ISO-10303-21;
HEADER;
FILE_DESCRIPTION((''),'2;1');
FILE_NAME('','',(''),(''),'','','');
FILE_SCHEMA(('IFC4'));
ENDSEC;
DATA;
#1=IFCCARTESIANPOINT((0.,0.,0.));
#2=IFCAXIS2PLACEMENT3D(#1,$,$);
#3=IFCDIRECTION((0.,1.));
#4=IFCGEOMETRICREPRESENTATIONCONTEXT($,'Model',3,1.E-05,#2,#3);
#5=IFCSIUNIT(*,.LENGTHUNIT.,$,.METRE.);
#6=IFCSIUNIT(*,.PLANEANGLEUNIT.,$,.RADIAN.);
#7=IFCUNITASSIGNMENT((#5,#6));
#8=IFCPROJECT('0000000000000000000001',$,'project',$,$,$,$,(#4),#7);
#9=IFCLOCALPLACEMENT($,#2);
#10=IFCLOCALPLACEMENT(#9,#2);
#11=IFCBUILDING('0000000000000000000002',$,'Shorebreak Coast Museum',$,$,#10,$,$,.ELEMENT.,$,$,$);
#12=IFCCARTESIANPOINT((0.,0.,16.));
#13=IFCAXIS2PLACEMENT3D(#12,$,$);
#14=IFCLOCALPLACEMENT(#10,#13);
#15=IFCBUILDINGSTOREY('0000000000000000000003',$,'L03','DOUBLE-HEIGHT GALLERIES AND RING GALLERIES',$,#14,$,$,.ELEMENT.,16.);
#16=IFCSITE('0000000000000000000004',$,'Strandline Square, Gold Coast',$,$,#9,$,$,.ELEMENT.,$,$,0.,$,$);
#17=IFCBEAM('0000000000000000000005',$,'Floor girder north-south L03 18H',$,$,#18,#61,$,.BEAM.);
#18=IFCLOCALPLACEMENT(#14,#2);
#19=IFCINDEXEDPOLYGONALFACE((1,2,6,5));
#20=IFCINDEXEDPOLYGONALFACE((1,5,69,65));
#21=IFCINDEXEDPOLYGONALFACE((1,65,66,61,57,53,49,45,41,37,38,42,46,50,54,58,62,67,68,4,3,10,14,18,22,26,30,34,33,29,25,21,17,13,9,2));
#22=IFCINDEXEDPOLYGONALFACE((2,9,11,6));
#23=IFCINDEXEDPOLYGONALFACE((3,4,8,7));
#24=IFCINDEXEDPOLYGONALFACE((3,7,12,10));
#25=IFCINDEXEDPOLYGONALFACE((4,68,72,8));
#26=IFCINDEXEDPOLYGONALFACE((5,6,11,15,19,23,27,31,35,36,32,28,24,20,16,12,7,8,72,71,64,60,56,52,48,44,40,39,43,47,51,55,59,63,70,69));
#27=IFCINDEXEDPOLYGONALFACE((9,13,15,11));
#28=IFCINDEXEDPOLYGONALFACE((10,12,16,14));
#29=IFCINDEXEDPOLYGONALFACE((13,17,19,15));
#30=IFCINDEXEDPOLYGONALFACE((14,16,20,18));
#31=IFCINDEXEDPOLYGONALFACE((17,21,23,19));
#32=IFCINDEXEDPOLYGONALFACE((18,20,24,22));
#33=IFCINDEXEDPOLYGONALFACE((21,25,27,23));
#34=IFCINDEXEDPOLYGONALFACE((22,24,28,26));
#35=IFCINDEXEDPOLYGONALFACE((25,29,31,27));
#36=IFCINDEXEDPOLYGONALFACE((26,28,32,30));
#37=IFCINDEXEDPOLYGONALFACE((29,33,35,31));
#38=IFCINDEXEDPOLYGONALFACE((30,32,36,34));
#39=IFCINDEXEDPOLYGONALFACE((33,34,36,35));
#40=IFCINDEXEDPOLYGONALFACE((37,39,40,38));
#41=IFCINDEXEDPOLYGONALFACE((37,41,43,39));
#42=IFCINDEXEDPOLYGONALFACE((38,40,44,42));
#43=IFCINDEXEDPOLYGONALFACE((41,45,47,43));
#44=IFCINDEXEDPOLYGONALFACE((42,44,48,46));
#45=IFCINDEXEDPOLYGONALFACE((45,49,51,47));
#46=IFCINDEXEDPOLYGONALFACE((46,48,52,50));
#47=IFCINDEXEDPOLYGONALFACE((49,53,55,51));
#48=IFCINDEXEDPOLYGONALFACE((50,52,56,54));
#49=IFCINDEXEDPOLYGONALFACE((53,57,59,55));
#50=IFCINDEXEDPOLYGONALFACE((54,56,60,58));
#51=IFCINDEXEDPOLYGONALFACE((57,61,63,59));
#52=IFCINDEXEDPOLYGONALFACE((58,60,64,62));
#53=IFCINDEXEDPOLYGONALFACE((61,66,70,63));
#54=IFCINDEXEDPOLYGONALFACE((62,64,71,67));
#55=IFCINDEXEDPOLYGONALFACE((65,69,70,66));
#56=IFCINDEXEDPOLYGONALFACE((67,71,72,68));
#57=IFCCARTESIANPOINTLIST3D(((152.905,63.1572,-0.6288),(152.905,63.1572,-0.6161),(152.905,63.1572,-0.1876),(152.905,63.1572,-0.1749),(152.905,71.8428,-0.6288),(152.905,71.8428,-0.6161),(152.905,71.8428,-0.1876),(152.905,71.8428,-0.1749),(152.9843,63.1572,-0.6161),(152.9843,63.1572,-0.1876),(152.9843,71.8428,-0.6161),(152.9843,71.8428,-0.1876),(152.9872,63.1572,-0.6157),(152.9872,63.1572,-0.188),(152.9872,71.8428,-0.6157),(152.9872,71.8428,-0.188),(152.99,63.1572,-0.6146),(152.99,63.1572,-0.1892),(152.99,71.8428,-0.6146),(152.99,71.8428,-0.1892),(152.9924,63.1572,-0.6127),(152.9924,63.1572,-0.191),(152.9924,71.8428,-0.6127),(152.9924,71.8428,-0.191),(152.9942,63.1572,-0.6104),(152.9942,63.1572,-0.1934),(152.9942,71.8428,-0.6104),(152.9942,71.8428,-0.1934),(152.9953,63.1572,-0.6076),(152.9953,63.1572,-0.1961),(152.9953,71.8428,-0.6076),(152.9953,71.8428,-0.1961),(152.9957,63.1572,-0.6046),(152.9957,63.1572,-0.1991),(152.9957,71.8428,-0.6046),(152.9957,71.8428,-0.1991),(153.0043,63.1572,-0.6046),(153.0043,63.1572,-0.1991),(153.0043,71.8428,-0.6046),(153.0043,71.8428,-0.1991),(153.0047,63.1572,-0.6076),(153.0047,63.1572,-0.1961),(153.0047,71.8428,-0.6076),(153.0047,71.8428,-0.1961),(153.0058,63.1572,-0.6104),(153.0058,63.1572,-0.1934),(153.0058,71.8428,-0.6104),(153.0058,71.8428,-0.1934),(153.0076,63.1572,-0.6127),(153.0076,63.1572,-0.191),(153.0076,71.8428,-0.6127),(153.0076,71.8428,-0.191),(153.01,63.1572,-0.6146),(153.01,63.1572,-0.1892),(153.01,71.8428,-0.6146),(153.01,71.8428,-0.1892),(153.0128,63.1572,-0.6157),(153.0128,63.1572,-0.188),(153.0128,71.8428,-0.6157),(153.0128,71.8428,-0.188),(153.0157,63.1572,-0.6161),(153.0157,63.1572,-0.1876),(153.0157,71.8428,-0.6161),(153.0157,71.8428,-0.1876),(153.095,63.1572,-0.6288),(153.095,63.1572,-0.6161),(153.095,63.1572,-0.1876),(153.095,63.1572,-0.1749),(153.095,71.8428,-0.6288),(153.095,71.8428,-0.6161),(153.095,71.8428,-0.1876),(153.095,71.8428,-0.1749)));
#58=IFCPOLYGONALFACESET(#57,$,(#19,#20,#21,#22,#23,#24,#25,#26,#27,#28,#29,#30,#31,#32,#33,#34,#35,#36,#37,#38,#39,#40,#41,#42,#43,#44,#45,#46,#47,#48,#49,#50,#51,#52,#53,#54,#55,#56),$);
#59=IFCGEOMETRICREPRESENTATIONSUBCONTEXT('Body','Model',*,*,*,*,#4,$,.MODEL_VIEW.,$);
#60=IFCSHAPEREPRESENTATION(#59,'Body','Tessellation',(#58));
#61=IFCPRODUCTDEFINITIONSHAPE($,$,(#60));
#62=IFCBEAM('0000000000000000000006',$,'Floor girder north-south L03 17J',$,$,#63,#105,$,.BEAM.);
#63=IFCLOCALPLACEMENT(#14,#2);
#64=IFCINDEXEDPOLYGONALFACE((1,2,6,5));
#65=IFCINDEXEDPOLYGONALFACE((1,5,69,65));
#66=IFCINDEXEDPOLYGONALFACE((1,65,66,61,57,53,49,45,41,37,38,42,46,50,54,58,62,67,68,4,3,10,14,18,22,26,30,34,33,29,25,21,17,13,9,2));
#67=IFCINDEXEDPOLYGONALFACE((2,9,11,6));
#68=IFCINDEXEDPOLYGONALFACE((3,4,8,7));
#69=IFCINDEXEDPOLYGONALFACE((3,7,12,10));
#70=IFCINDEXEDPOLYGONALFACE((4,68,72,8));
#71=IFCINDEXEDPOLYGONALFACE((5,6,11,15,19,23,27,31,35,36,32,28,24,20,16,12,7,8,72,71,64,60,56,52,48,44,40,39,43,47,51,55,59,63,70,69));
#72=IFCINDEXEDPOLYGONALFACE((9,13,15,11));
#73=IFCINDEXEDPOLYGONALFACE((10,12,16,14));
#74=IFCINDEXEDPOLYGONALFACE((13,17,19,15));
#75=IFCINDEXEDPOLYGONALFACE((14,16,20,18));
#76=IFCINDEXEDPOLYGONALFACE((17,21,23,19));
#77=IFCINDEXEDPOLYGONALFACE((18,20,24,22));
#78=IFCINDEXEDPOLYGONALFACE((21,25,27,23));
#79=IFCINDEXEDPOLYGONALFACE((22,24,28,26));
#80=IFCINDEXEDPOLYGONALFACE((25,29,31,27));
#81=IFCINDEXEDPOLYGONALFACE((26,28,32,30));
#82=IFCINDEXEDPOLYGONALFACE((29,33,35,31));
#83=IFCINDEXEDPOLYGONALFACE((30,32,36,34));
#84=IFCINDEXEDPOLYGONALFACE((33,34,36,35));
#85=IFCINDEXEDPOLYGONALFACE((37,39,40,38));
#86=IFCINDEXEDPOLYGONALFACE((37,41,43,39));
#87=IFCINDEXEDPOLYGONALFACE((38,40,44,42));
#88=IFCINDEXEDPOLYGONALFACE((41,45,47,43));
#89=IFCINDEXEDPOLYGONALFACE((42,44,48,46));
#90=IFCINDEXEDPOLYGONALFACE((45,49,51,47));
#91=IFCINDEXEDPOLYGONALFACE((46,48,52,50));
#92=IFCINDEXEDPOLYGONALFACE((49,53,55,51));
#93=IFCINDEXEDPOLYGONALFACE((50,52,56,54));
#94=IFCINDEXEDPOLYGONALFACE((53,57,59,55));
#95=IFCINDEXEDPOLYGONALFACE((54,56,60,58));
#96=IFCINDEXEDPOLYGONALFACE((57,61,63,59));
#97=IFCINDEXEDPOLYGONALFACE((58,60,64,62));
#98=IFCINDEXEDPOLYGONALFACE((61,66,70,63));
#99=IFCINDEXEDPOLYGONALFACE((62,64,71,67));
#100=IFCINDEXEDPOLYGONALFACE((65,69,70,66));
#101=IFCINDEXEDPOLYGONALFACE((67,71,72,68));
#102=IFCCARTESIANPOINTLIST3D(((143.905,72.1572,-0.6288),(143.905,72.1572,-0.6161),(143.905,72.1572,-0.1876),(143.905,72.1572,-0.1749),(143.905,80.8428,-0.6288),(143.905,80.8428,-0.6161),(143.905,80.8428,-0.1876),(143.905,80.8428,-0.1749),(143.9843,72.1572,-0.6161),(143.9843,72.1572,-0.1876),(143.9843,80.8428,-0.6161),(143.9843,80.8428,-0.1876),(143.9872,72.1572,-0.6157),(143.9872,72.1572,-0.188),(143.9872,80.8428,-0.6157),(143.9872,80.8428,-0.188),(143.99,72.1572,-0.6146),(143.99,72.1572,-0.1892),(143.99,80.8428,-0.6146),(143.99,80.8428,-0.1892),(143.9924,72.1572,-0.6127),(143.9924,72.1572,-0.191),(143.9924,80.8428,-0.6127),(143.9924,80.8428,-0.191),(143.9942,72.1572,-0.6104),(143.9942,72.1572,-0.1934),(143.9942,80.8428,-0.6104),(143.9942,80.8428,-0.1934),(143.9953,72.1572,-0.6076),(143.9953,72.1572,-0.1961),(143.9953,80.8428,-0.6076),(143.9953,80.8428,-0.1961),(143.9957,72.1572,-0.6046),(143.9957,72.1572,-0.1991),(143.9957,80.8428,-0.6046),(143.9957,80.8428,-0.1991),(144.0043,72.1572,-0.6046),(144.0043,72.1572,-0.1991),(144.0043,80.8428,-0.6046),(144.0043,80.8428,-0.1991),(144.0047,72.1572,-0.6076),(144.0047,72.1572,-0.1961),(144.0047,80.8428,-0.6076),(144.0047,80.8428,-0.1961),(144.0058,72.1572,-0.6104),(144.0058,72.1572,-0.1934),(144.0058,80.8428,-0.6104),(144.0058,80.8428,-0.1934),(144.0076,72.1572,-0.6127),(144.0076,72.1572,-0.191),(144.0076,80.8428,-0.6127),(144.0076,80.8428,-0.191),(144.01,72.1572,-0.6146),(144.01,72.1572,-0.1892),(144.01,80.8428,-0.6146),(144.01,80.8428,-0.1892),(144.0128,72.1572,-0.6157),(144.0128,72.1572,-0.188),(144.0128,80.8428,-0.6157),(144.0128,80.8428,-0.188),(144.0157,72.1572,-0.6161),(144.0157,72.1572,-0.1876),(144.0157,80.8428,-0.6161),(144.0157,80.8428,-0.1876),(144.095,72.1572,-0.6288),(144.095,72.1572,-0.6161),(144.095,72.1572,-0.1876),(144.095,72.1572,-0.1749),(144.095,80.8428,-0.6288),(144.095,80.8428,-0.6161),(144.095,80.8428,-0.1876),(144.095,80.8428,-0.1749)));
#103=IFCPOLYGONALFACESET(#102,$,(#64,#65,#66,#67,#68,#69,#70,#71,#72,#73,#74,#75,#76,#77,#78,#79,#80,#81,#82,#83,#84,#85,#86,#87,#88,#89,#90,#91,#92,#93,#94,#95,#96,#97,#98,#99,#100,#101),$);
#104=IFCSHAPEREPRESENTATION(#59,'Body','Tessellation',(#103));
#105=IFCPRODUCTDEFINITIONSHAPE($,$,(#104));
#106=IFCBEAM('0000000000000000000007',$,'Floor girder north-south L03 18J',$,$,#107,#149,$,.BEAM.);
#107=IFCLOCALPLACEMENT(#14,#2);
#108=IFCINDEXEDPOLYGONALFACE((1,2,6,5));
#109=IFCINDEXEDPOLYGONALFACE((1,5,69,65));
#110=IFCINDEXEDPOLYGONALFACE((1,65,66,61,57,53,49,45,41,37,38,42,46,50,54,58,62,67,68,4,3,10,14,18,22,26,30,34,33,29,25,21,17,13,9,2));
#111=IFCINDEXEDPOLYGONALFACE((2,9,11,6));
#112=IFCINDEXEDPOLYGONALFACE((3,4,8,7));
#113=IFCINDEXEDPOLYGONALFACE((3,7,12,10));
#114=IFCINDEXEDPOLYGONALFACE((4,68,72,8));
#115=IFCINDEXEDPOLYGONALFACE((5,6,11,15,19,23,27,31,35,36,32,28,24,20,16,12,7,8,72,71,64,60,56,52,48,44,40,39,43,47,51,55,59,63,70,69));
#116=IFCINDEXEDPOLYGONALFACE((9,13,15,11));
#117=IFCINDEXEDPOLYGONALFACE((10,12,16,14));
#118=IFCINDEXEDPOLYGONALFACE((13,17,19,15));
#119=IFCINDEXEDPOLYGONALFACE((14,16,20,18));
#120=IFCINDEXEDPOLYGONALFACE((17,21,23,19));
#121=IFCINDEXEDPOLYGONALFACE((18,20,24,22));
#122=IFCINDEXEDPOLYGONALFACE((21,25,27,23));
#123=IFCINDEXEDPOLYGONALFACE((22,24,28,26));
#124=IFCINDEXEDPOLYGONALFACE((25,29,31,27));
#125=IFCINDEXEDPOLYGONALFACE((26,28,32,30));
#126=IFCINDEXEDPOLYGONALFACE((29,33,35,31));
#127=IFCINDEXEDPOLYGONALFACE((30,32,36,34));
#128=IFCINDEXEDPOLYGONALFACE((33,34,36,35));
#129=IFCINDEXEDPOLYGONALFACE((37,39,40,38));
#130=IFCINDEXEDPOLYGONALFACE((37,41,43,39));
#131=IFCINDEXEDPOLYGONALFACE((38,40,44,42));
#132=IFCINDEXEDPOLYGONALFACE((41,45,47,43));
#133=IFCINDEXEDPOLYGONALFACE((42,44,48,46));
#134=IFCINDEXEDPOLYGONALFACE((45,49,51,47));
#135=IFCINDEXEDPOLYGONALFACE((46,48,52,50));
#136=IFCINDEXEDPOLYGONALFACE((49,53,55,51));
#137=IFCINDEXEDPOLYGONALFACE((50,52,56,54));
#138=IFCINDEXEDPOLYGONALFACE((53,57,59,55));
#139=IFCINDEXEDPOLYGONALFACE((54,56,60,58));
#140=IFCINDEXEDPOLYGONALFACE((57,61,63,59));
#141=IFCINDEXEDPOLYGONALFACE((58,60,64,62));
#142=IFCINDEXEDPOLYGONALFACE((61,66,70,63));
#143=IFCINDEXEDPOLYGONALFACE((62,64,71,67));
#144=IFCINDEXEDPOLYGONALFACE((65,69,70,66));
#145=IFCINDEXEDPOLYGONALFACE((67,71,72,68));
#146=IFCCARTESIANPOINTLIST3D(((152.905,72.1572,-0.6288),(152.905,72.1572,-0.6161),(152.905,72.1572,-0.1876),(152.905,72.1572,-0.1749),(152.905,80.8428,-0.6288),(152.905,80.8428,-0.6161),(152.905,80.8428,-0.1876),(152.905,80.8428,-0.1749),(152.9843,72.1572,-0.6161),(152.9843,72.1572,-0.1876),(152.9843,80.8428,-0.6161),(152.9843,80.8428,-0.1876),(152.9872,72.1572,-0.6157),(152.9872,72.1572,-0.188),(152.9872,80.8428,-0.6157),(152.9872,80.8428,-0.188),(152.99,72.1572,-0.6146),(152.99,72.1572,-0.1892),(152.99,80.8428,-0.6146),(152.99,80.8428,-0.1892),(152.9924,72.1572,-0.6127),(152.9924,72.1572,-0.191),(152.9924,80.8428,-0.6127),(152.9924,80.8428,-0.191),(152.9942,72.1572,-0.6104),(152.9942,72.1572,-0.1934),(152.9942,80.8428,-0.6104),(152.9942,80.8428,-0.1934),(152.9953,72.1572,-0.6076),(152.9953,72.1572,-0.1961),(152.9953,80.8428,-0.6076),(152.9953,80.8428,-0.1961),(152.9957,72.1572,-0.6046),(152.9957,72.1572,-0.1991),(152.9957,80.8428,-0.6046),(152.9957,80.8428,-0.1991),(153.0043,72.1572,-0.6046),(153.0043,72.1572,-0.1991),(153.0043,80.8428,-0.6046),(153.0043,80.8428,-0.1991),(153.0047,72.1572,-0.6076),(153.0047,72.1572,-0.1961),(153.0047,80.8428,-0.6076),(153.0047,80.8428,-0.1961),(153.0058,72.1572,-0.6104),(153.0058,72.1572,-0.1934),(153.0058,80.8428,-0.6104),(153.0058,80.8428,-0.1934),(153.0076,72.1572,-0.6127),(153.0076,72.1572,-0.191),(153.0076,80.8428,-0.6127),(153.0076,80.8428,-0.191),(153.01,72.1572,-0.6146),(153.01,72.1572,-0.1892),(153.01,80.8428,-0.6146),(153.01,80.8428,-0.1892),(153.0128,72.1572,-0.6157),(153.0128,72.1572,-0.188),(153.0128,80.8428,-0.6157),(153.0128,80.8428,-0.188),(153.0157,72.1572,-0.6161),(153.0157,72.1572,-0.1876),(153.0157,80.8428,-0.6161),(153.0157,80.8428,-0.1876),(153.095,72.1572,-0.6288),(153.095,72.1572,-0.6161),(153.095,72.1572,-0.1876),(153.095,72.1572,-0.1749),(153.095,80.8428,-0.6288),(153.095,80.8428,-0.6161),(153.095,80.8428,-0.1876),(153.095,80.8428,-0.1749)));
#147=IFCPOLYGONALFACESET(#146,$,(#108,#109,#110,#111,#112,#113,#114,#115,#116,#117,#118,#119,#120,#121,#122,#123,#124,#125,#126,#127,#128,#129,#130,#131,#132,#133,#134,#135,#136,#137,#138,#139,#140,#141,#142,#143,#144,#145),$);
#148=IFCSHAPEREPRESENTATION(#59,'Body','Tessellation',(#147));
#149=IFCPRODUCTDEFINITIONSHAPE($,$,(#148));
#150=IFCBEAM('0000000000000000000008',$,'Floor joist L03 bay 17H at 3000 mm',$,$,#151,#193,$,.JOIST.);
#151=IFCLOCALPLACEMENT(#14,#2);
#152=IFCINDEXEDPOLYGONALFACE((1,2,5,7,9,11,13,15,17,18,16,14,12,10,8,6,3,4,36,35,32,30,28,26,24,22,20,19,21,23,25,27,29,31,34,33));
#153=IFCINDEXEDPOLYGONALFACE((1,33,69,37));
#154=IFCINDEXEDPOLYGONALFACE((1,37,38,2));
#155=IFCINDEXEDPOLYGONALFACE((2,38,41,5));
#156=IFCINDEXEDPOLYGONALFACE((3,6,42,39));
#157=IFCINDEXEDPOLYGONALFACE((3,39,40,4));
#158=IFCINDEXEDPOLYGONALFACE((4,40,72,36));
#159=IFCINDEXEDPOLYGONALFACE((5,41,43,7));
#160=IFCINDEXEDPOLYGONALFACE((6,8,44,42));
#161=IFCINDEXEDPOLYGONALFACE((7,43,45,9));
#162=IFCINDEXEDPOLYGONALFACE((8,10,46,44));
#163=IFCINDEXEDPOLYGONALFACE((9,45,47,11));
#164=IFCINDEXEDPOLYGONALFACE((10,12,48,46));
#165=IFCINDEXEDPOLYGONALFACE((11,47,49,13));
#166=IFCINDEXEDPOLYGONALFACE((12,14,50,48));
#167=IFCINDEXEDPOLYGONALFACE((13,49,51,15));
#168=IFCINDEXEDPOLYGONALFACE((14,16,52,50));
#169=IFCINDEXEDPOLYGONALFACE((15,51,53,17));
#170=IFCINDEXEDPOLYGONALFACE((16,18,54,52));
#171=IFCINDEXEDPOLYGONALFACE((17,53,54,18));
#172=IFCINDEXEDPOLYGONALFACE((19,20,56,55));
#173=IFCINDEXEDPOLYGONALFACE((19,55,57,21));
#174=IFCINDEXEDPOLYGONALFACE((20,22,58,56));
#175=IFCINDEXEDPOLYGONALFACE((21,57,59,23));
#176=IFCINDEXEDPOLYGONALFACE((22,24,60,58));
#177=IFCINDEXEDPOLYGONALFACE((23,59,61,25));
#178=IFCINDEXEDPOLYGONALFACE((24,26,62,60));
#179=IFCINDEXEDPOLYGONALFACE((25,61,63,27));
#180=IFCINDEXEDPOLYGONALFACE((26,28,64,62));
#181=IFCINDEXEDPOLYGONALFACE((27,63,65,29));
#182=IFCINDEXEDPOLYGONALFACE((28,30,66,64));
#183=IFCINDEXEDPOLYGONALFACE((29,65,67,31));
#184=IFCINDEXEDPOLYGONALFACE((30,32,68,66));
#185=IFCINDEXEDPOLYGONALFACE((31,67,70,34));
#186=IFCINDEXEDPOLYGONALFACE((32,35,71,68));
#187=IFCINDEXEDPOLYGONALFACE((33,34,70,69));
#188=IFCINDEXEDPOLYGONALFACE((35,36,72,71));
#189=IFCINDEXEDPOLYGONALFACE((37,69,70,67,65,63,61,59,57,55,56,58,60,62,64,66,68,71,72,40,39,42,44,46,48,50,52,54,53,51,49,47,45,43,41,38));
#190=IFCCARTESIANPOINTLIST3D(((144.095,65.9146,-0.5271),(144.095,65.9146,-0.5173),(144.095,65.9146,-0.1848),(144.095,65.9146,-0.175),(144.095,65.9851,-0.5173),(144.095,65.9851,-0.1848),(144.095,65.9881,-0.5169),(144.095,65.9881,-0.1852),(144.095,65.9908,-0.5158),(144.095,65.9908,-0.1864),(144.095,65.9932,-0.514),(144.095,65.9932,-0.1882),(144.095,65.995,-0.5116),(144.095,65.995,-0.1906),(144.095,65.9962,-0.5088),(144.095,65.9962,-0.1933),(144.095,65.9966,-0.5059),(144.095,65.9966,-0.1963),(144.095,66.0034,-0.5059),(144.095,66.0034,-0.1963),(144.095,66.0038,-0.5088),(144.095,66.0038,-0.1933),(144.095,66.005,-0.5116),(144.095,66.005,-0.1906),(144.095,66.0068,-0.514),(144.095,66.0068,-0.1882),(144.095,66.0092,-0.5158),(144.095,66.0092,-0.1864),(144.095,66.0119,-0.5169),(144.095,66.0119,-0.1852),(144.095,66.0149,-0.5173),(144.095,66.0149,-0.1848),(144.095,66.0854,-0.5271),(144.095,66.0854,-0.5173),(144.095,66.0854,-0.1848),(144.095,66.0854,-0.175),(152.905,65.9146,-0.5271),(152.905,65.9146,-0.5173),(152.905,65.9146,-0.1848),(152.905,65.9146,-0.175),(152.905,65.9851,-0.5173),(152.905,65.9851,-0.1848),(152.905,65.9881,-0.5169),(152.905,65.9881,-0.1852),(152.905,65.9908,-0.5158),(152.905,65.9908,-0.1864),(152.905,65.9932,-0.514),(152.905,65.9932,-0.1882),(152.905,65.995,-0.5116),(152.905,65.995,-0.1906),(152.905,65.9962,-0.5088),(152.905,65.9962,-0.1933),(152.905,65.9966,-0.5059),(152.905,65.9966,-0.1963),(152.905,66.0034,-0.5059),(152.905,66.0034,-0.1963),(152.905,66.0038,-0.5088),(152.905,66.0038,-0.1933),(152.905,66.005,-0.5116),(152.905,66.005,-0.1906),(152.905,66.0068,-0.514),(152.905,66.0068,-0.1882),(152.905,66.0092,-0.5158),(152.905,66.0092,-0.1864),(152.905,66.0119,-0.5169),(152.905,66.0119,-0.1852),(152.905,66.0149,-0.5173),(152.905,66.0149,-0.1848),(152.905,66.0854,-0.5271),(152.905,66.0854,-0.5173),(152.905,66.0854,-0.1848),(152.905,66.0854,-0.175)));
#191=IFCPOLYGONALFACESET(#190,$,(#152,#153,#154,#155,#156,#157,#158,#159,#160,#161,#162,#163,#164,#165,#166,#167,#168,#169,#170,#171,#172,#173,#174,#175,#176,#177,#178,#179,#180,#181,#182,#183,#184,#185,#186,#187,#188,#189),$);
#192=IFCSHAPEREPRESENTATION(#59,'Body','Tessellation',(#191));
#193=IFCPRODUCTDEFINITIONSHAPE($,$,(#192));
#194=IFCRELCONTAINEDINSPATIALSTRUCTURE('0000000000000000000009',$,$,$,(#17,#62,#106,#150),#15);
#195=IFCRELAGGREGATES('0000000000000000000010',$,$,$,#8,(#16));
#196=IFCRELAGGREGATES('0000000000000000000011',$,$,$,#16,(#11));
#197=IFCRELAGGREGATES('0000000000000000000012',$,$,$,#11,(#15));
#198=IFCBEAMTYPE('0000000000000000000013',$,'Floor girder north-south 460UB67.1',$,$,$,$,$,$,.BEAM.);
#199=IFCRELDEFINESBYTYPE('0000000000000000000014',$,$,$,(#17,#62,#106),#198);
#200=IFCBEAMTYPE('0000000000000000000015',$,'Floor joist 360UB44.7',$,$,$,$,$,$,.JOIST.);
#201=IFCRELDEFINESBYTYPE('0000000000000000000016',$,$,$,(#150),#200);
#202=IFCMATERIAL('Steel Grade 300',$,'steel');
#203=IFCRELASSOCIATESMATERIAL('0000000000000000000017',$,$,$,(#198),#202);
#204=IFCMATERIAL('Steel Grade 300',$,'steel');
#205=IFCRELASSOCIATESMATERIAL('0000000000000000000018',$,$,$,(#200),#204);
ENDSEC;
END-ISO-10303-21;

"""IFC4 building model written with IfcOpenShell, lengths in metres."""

from ifc_helpers import new_model, si_unit, direction, frame, origin, origin_2d, place, context, subcontext, project, spatial, i_section, extrude, material, material_profile, profile_set, type_object, element, save


model = new_model("IFC4")

# Units and contexts
model_context = context("Model", 3, precision=1e-05, world=origin(), true_north=direction((0.0, 1.0)))
body_context = subcontext(model_context, "Body", "Model", "MODEL_VIEW")
ifc_project = project(units=[si_unit("LENGTHUNIT", "METRE"), si_unit("PLANEANGLEUNIT", "RADIAN")], contexts=[model_context])

# Site, building, storey
site_placement = place(None, origin())
site = spatial("IfcSite", under=ifc_project, at=site_placement, Name="Strandline Square, Gold Coast", CompositionType="ELEMENT", RefElevation=0.0)
building_placement = place(site_placement, origin())
building = spatial("IfcBuilding", under=site, at=building_placement, Name="Shorebreak Coast Museum", CompositionType="ELEMENT")
storey_placement = place(building_placement, frame((0.0, 0.0, 16.0)))
storey = spatial("IfcBuildingStorey", under=building, at=storey_placement, Name="L03", Description="DOUBLE-HEIGHT GALLERIES AND RING GALLERIES", CompositionType="ELEMENT", Elevation=16.0)

# Beams
ifc_material_1 = material(Name="Steel Grade 300", Category="steel")
ifc_material_profile_1 = material_profile(ifc_material_1, i_section(OverallWidth=0.1899, OverallDepth=0.4539, WebThickness=0.0085, FlangeThickness=0.0127, FilletRadius=0.0115, at=origin_2d()), Name="460UB67.1")
ifc_profile_set_1 = profile_set([ifc_material_profile_1], Name="Steel Grade 300")
beam_type_1 = type_object("IfcBeamType", Name="Floor girder north-south 460UB67.1", PredefinedType="BEAM", material=ifc_profile_set_1)
for number, where, z_axis, x_axis, name in (
    (1, (153.0, 63.1572, -0.4019), (0.0, 1.0, 0.0), (-1.0, 0.0, 0.0), "Floor girder north-south L03 18H"),
    (2, (144.0, 72.1572, -0.4019), (0.0, 1.0, 0.0), (-1.0, 0.0, 0.0), "Floor girder north-south L03 17J"),
    (3, (153.0, 72.1572, -0.4019), (0.0, 1.0, 0.0), (-1.0, 0.0, 0.0), "Floor girder north-south L03 18J"),
):
    element("IfcBeam", number, at=place(storey_placement, frame(where, z_axis=z_axis, x_axis=x_axis)), inside=storey, type_object=beam_type_1, Name=name, PredefinedType="BEAM", context=body_context, shape_type="SweptSolid", body=[
        extrude(i_section(OverallWidth=0.1899, OverallDepth=0.4539, WebThickness=0.0085, FlangeThickness=0.0127, FilletRadius=0.0115, at=origin_2d()), origin(), (0.0, 0.0, 1.0), 8.6855),
    ])
ifc_material_2 = material(Name="Steel Grade 300", Category="steel")
ifc_material_profile_2 = material_profile(ifc_material_2, i_section(OverallWidth=0.1709, OverallDepth=0.3521, WebThickness=0.0068, FlangeThickness=0.0098, FilletRadius=0.0115, at=origin_2d()), Name="360UB44.7")
ifc_profile_set_2 = profile_set([ifc_material_profile_2], Name="Steel Grade 300")
beam_type_2 = type_object("IfcBeamType", Name="Floor joist 360UB44.7", PredefinedType="JOIST", material=ifc_profile_set_2)
for number, where, z_axis, x_axis, name in (
    (4, (144.095, 66.0, -0.3511), (1.0, 0.0, 0.0), (0.0, 1.0, 0.0), "Floor joist L03 bay 17H at 3000 mm"),
):
    element("IfcBeam", number, at=place(storey_placement, frame(where, z_axis=z_axis, x_axis=x_axis)), inside=storey, type_object=beam_type_2, Name=name, PredefinedType="JOIST", context=body_context, shape_type="SweptSolid", body=[
        extrude(i_section(OverallWidth=0.1709, OverallDepth=0.3521, WebThickness=0.0068, FlangeThickness=0.0098, FilletRadius=0.0115, at=origin_2d()), origin(), (0.0, 0.0, 1.0), 8.8101),
    ])

save(model, "model.ifc")
